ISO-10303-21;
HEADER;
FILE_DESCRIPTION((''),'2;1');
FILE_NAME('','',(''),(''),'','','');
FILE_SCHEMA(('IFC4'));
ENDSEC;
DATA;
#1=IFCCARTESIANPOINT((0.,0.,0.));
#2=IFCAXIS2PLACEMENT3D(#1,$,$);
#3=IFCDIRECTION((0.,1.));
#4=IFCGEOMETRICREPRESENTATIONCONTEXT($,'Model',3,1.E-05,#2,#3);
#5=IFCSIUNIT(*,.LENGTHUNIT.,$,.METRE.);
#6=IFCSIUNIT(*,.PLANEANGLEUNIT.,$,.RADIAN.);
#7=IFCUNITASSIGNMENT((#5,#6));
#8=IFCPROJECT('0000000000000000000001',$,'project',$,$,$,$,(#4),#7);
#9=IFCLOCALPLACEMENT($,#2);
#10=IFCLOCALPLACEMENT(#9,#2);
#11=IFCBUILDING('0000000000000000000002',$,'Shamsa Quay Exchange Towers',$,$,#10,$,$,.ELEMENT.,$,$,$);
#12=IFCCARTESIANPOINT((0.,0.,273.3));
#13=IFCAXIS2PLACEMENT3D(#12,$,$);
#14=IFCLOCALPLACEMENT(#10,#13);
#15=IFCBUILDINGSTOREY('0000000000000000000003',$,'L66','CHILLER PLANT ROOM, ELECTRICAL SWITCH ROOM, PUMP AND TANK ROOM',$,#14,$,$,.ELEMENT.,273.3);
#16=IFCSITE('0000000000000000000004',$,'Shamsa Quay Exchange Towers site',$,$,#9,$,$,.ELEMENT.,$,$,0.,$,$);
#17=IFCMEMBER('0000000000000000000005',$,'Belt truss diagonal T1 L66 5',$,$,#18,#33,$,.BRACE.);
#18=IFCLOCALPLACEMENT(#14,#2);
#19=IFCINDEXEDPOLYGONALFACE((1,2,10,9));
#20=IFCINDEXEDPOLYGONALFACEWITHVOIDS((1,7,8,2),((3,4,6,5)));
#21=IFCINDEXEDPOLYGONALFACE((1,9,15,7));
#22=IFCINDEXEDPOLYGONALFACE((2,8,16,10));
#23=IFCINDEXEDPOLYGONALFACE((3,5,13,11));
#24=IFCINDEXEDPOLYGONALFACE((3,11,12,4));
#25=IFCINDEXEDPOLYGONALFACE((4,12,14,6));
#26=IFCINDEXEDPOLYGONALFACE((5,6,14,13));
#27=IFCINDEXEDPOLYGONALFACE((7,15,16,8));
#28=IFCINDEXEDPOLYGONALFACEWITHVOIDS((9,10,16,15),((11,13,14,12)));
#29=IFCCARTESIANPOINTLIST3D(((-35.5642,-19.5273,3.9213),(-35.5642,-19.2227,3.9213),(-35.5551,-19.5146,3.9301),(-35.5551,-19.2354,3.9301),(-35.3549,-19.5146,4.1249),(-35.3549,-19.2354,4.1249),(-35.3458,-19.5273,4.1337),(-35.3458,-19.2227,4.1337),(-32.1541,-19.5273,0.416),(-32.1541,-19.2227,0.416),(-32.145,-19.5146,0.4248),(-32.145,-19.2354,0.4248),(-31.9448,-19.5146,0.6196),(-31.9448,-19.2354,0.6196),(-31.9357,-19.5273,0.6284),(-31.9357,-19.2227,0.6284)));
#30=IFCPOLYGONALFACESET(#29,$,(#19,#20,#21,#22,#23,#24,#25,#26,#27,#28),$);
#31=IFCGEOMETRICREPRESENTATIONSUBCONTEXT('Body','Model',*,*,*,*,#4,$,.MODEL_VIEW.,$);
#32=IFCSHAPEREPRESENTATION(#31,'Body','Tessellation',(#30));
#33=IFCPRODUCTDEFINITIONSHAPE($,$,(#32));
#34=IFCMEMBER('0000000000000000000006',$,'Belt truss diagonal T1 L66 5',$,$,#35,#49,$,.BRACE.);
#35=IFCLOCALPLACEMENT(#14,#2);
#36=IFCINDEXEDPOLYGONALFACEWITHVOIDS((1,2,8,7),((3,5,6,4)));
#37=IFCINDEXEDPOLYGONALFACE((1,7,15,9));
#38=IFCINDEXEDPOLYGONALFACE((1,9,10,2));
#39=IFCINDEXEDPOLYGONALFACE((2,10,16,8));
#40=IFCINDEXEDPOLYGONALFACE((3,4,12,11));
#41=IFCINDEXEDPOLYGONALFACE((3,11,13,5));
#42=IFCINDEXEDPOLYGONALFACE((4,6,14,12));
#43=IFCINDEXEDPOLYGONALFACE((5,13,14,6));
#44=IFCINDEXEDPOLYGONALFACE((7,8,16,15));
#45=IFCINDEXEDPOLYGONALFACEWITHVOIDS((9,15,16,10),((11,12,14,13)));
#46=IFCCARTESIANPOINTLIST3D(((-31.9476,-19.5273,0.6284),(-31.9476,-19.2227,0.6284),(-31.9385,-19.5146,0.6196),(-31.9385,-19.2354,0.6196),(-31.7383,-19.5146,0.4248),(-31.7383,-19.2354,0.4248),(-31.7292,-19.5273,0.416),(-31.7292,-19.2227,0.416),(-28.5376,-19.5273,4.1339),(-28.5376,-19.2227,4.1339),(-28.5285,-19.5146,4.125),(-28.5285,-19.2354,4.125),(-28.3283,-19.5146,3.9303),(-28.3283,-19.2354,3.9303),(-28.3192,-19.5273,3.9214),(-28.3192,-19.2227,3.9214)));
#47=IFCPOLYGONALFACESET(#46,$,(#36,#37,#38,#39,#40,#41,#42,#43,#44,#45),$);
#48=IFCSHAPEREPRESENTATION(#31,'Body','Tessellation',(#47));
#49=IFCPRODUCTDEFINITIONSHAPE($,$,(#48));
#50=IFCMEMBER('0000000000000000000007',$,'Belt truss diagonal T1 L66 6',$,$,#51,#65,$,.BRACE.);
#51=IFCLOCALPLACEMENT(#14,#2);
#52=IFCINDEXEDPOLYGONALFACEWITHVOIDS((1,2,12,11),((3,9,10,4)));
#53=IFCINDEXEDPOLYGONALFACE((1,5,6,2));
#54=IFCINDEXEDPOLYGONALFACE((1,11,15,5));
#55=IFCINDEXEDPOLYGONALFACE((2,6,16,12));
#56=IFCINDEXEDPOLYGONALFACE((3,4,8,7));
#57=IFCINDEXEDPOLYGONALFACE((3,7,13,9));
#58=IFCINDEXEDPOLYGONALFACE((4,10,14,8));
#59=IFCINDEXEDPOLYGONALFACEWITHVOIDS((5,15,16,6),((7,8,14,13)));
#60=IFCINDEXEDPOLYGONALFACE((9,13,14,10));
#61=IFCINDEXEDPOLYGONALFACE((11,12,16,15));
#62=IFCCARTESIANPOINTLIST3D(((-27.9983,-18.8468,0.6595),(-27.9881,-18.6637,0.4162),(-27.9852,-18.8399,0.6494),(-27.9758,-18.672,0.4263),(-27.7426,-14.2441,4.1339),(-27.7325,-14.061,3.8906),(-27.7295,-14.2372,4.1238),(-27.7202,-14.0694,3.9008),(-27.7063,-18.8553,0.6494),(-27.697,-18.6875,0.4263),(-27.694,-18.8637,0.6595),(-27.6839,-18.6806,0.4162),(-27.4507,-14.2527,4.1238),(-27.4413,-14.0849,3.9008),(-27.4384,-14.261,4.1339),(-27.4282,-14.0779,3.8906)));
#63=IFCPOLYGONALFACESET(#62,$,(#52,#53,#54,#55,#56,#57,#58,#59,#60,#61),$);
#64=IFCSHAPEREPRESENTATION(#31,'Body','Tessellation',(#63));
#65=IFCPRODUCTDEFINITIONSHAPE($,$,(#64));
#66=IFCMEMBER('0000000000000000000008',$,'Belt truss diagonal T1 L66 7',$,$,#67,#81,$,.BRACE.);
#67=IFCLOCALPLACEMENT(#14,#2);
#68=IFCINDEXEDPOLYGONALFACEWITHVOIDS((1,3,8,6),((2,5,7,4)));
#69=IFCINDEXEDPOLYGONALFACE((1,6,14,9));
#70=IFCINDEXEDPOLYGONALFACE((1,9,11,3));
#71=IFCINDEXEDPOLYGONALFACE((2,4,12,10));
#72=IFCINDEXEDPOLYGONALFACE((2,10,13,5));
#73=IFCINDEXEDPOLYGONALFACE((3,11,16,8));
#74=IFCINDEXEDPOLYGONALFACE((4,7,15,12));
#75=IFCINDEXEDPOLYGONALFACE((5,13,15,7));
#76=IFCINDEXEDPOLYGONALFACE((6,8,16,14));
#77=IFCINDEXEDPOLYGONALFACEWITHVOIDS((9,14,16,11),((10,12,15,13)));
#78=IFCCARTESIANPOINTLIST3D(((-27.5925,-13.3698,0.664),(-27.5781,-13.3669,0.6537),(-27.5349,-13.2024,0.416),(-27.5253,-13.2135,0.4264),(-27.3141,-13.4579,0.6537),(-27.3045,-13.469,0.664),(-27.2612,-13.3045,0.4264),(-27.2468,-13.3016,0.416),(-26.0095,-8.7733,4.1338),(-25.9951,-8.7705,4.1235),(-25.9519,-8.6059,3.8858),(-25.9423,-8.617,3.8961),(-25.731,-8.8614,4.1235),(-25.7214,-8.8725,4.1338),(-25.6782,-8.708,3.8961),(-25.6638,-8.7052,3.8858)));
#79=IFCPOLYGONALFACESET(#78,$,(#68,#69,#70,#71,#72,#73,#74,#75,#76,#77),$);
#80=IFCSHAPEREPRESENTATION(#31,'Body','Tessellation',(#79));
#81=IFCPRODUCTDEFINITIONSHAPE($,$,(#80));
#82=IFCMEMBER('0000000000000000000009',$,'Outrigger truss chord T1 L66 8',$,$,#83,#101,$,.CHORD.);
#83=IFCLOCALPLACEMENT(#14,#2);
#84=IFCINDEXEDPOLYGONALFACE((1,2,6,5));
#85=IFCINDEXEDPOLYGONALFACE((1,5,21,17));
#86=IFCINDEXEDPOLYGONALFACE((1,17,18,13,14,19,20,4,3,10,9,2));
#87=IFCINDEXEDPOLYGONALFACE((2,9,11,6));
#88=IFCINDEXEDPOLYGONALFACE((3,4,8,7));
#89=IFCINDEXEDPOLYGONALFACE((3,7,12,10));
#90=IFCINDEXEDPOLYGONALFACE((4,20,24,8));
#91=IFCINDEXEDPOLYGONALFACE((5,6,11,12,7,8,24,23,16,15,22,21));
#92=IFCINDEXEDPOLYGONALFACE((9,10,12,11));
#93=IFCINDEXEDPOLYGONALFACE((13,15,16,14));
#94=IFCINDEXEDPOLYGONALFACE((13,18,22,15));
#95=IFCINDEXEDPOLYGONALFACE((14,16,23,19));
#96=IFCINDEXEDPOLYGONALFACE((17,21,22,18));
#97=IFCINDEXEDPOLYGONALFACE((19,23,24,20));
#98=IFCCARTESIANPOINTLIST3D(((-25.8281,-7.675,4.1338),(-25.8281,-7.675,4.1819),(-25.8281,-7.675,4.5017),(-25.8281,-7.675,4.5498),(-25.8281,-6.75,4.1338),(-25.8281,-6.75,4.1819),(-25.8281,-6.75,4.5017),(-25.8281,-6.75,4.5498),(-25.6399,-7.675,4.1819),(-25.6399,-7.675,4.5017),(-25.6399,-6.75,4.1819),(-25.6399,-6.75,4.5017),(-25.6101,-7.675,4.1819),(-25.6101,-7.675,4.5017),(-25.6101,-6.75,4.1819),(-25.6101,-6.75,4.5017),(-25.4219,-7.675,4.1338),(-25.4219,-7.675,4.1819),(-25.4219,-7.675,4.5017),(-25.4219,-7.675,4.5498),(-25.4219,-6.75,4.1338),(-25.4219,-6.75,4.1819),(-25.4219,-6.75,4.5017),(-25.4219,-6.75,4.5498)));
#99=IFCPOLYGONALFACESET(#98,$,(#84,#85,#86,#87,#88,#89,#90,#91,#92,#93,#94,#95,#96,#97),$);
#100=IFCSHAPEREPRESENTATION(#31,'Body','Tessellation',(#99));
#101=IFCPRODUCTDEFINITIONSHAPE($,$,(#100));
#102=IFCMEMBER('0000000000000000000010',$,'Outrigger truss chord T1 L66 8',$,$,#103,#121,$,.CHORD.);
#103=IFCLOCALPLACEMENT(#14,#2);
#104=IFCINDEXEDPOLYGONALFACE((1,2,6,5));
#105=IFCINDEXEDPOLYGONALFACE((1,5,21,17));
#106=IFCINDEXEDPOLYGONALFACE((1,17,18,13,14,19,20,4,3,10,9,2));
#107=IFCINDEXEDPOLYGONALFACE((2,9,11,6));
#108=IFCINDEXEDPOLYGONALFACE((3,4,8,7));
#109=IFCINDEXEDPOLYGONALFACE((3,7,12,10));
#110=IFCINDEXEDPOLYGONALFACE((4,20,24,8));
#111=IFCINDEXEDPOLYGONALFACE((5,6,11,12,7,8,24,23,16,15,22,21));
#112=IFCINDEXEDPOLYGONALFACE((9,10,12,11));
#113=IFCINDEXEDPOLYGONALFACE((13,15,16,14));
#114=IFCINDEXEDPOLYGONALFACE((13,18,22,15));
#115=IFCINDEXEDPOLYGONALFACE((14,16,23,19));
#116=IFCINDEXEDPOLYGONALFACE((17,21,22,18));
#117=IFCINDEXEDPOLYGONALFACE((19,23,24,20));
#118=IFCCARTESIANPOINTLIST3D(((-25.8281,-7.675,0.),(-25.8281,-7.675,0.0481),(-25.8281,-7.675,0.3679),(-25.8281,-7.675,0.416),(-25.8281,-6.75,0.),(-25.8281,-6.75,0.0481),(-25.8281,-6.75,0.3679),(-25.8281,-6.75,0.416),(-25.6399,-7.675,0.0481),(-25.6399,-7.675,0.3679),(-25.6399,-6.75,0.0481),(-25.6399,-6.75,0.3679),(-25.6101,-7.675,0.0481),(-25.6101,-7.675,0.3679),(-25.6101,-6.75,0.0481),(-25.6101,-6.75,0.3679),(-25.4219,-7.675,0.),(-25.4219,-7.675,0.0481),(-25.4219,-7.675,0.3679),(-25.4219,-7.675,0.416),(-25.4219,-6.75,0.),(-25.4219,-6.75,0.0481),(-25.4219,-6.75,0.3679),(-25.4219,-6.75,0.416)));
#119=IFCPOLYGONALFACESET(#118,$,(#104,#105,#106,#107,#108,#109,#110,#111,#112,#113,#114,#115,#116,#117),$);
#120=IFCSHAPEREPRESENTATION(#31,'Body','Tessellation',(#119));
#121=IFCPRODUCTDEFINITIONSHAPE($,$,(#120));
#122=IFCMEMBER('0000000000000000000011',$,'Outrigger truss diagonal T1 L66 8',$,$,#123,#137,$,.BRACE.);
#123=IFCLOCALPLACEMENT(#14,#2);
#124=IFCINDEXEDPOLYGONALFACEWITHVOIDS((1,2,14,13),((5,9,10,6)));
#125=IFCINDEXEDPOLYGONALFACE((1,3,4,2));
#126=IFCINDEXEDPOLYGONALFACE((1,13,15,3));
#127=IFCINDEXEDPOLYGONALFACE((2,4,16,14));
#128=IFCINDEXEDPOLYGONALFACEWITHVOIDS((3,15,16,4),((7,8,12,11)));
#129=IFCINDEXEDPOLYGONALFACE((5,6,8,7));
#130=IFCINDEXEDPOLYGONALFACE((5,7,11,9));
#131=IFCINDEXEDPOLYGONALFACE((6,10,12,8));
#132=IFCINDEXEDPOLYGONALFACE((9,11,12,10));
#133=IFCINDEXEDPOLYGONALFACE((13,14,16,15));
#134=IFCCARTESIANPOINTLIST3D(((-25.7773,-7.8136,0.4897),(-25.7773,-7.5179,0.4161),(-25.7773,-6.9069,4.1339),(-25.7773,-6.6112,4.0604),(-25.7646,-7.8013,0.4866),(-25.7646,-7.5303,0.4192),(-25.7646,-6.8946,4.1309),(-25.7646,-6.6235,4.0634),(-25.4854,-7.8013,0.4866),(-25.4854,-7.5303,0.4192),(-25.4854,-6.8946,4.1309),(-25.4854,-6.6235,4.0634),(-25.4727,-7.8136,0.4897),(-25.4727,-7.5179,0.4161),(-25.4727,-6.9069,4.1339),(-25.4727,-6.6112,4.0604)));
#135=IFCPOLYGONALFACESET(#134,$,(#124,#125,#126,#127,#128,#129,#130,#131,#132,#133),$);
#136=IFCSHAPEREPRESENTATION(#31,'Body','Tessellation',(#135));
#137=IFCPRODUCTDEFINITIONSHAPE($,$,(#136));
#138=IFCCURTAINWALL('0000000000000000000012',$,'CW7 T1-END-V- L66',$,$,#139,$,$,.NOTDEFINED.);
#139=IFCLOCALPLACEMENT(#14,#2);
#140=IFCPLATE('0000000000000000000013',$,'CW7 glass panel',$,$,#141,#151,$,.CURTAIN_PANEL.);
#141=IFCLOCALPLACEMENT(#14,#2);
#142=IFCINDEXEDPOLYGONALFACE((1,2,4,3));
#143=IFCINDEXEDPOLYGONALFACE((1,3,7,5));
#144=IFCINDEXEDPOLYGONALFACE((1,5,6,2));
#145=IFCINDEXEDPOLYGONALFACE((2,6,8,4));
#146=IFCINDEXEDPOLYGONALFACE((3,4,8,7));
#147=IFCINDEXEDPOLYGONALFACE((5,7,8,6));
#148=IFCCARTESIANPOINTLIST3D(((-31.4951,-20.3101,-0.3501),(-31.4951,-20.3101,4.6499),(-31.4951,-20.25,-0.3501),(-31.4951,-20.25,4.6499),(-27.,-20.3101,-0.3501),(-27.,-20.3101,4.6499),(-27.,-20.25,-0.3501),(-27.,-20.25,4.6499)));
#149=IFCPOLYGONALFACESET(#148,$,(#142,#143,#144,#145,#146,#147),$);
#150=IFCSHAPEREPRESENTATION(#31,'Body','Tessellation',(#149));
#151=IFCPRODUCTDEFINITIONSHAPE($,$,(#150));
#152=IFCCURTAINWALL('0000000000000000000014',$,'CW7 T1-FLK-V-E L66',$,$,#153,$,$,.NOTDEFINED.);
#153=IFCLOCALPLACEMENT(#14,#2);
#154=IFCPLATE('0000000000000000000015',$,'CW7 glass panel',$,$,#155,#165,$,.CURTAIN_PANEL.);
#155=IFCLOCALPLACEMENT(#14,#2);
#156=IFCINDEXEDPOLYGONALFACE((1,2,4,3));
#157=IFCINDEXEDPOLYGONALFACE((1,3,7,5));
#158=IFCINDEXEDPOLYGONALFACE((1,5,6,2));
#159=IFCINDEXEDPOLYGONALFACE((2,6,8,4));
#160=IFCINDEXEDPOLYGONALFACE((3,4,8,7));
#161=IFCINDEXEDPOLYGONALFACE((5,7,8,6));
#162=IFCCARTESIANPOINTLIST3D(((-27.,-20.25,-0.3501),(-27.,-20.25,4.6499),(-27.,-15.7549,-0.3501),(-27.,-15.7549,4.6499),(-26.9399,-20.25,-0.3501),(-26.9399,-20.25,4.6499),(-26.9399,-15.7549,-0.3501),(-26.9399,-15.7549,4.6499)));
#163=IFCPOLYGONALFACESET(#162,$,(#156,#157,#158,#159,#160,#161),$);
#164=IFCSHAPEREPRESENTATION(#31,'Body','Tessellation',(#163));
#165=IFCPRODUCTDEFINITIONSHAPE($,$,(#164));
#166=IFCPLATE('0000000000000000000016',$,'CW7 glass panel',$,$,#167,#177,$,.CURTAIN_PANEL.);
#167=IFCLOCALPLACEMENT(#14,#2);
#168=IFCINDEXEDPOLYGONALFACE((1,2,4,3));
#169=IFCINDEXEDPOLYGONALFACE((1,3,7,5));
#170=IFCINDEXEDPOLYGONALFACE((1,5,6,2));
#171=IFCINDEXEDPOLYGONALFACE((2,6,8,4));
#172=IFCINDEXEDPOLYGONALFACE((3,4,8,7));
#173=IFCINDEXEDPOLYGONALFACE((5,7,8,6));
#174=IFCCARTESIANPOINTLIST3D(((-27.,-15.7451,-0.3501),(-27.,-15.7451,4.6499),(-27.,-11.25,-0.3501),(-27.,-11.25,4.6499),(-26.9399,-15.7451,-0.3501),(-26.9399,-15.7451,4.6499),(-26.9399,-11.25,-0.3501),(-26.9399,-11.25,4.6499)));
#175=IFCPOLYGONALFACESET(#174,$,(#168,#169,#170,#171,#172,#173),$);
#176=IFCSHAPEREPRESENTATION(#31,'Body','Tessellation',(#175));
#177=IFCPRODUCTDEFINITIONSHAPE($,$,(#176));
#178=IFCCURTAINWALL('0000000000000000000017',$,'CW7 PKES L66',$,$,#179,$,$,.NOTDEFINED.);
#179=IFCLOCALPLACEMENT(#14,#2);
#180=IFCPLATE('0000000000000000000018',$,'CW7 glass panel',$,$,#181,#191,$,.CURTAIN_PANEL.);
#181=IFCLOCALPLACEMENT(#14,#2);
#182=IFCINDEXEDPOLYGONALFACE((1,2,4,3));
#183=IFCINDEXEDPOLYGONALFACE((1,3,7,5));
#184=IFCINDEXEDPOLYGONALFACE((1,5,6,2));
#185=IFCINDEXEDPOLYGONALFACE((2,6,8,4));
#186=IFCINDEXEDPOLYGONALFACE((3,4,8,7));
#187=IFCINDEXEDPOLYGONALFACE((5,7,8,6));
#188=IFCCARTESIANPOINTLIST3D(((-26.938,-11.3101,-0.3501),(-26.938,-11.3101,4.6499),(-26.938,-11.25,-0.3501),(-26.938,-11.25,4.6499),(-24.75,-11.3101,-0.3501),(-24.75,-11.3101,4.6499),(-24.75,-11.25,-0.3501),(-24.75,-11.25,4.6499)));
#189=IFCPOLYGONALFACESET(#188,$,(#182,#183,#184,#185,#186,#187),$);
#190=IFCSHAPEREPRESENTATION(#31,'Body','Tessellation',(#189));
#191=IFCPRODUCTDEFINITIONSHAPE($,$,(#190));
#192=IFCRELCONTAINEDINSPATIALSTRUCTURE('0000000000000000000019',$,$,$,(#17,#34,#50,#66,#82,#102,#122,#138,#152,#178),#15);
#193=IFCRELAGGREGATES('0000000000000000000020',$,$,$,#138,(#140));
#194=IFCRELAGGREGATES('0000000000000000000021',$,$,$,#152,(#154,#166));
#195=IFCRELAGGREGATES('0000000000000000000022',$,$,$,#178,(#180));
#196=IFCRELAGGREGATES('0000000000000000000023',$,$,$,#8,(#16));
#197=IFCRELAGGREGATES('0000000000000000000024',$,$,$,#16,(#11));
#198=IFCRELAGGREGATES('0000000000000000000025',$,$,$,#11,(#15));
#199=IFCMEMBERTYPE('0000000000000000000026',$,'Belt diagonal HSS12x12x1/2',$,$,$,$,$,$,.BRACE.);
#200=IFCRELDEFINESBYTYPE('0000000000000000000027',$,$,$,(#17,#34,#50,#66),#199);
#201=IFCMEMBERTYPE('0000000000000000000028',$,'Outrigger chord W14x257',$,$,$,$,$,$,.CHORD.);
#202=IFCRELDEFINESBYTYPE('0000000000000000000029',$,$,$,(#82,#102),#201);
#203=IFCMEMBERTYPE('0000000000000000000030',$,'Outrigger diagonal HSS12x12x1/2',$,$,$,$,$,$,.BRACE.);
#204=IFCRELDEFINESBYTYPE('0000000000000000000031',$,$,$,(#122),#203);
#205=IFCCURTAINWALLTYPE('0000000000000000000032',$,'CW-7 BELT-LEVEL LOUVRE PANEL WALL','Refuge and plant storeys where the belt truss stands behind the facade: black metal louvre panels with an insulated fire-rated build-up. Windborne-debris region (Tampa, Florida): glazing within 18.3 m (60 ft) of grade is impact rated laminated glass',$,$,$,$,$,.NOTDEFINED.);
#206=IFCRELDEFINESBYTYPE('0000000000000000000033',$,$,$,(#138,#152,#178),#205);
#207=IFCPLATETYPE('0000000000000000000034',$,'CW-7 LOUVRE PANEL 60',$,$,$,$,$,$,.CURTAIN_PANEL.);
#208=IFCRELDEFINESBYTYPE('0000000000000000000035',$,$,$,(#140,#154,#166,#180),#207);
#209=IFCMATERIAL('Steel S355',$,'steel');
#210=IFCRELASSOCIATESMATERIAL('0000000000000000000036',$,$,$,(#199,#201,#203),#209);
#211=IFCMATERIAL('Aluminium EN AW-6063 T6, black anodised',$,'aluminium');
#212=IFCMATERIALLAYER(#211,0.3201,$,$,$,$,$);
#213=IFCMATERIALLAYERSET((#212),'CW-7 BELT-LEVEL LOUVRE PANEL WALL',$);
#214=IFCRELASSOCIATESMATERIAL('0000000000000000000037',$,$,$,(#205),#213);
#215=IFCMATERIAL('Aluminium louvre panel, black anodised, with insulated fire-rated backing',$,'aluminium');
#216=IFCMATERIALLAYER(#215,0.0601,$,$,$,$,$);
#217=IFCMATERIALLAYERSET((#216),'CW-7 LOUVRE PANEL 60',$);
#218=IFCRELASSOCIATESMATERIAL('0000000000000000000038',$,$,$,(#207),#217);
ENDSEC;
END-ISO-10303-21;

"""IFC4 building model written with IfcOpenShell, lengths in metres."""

from ifc_helpers import new_model, si_unit, direction, frame, origin, origin_2d, place, context, subcontext, project, spatial, rectangle, hollow_rectangle, i_section, extrude, material, layer, layer_set, material_profile, profile_set, type_object, element, aggregate, save


model = new_model("IFC4")

# Units and contexts
model_context = context("Model", 3, precision=1e-05, world=origin(), true_north=direction((0.0, 1.0)))
body_context = subcontext(model_context, "Body", "Model", "MODEL_VIEW")
ifc_project = project(units=[si_unit("LENGTHUNIT", "METRE"), si_unit("PLANEANGLEUNIT", "RADIAN")], contexts=[model_context])

# Site, building, storey
site_placement = place(None, origin())
site = spatial("IfcSite", under=ifc_project, at=site_placement, Name="Shamsa Quay Exchange Towers site", CompositionType="ELEMENT", RefElevation=0.0)
building_placement = place(site_placement, origin())
building = spatial("IfcBuilding", under=site, at=building_placement, Name="Shamsa Quay Exchange Towers", CompositionType="ELEMENT")
storey_placement = place(building_placement, frame((0.0, 0.0, 273.3)))
storey = spatial("IfcBuildingStorey", under=building, at=storey_placement, Name="L66", Description="CHILLER PLANT ROOM, ELECTRICAL SWITCH ROOM, PUMP AND TANK ROOM", CompositionType="ELEMENT", Elevation=273.3)

# Members
ifc_material_1 = material(Name="Steel S355", Category="steel")
ifc_material_profile_1 = material_profile(ifc_material_1, hollow_rectangle(XDim=0.3047, YDim=0.3047, WallThickness=0.0127, at=origin_2d()), Name="HSS12x12x1/2")
ifc_profile_set_1 = profile_set([ifc_material_profile_1], Name="Steel S355")
member_type_1 = type_object("IfcMemberType", Name="Belt diagonal HSS12x12x1/2", PredefinedType="BRACE", material=ifc_profile_set_1)
for number, where, z_axis, x_axis, name in (
    (1, (-32.0449, -19.375, 0.5222), (-0.697305, 0.0, 0.716774), (0.0, -1.0, 0.0), "Belt truss diagonal T1 L66 5"),
    (2, (-31.8384, -19.375, 0.5222), (0.697279, 0.0, 0.716799), (0.0, 1.0, 0.0), "Belt truss diagonal T1 L66 5"),
):
    element("IfcMember", number, at=place(storey_placement, frame(where, z_axis=z_axis, x_axis=x_axis)), inside=storey, type_object=member_type_1, Name=name, PredefinedType="BRACE", context=body_context, shape_type="SweptSolid", body=[
        extrude(hollow_rectangle(XDim=0.3047, YDim=0.3047, WallThickness=0.0127, at=origin_2d()), origin(), (0.0, 0.0, 1.0), 4.8904),
    ])
member_1_placement = place(storey_placement, frame((-27.8411, -18.7637, 0.5378), z_axis=(0.044283, 0.797344, 0.601899), x_axis=(-0.998461, 0.055452, 0.0)))
element("IfcMember", 3, at=member_1_placement, inside=storey, type_object=member_type_1, Name="Belt truss diagonal T1 L66 6", PredefinedType="BRACE", context=body_context, shape_type="SweptSolid", body=[
    extrude(hollow_rectangle(XDim=0.3047, YDim=0.3047, WallThickness=0.0127, at=origin_2d()), origin(), (0.0, 0.0, 1.0), 5.7725),
])
member_2_placement = place(storey_placement, frame((-27.4197, -13.3357, 0.54), z_axis=(0.265044, 0.769585, 0.580939), x_axis=(-0.945498, 0.325628, 0.0)))
element("IfcMember", 4, at=member_2_placement, inside=storey, type_object=member_type_1, Name="Belt truss diagonal T1 L66 7", PredefinedType="BRACE", context=body_context, shape_type="SweptSolid", body=[
    extrude(hollow_rectangle(XDim=0.3047, YDim=0.3047, WallThickness=0.0127, at=origin_2d()), origin(), (0.0, 0.0, 1.0), 5.9727),
])
ifc_material_profile_2 = material_profile(ifc_material_1, i_section(OverallWidth=0.4062, OverallDepth=0.416, WebThickness=0.0298, FlangeThickness=0.0481, at=origin_2d()), Name="W14x257")
ifc_profile_set_2 = profile_set([ifc_material_profile_2], Name="Steel S355")
member_type_2 = type_object("IfcMemberType", Name="Outrigger chord W14x257", PredefinedType="CHORD", material=ifc_profile_set_2)
for number, where, z_axis, x_axis, name in (
    (5, (-25.625, -7.675, 4.3418), (0.0, 1.0, 0.0), (-1.0, 0.0, 0.0), "Outrigger truss chord T1 L66 8"),
    (6, (-25.625, -7.675, 0.208), (0.0, 1.0, 0.0), (-1.0, 0.0, 0.0), "Outrigger truss chord T1 L66 8"),
):
    element("IfcMember", number, at=place(storey_placement, frame(where, z_axis=z_axis, x_axis=x_axis)), inside=storey, type_object=member_type_2, Name=name, PredefinedType="CHORD", context=body_context, shape_type="SweptSolid", body=[
        extrude(i_section(OverallWidth=0.4062, OverallDepth=0.416, WebThickness=0.0298, FlangeThickness=0.0481, at=origin_2d()), origin(), (0.0, 0.0, 1.0), 0.925),
    ])
ifc_material_profile_3 = material_profile(ifc_material_1, hollow_rectangle(XDim=0.3047, YDim=0.3047, WallThickness=0.0127, at=origin_2d()), Name="HSS12x12x1/2")
ifc_profile_set_3 = profile_set([ifc_material_profile_3], Name="Steel S355")
member_type_3 = type_object("IfcMemberType", Name="Outrigger diagonal HSS12x12x1/2", PredefinedType="BRACE", material=ifc_profile_set_3)
member_3_placement = place(storey_placement, frame((-25.625, -7.6658, 0.4529), z_axis=(0.0, 0.241449, 0.970413), x_axis=(-1.0, 0.0, 0.0)))
element("IfcMember", 7, at=member_3_placement, inside=storey, type_object=member_type_3, Name="Outrigger truss diagonal T1 L66 8", PredefinedType="BRACE", context=body_context, shape_type="SweptSolid", body=[
    extrude(hollow_rectangle(XDim=0.3047, YDim=0.3047, WallThickness=0.0127, at=origin_2d()), origin(), (0.0, 0.0, 1.0), 3.7554),
])

# Curtain wall, plate
ifc_material_2 = material(Name="Aluminium EN AW-6063 T6, black anodised", Category="aluminium")
ifc_layer_1 = layer(ifc_material_2, 0.3201)
ifc_layer_set_1 = layer_set([ifc_layer_1], Name="CW-7 BELT-LEVEL LOUVRE PANEL WALL")
curtain_wall_type = type_object("IfcCurtainWallType", Name="CW-7 BELT-LEVEL LOUVRE PANEL WALL", Description="Refuge and plant storeys where the belt truss stands behind the facade: black metal louvre panels with an insulated fire-rated build-up. Windborne-debris region (Tampa, Florida): glazing within 18.3 m (60 ft) of grade is impact rated laminated glass", PredefinedType="NOTDEFINED", material=ifc_layer_set_1)
curtain_wall_1_placement = place(storey_placement, origin())
curtain_wall_1 = element("IfcCurtainWall", 8, at=curtain_wall_1_placement, inside=storey, type_object=curtain_wall_type, Name="CW7 T1-END-V- L66", PredefinedType="NOTDEFINED")
ifc_material_3 = material(Name="Aluminium louvre panel, black anodised, with insulated fire-rated backing", Category="aluminium")
ifc_layer_2 = layer(ifc_material_3, 0.0601)
ifc_layer_set_2 = layer_set([ifc_layer_2], Name="CW-7 LOUVRE PANEL 60")
plate_type = type_object("IfcPlateType", Name="CW-7 LOUVRE PANEL 60", PredefinedType="CURTAIN_PANEL", material=ifc_layer_set_2)
plate_1_placement = place(storey_placement, frame((-29.2476, -20.28, -0.3501)))
plate_1 = element("IfcPlate", 9, at=plate_1_placement, type_object=plate_type, Name="CW7 glass panel", PredefinedType="CURTAIN_PANEL", context=body_context, shape_type="SweptSolid", body=[
    extrude(rectangle(XDim=4.4951, YDim=0.0601, at=origin_2d()), origin(), (0.0, 0.0, 1.0), 5.0),
])
aggregate(curtain_wall_1, [plate_1])

# Curtain wall, plates
curtain_wall_2_placement = place(storey_placement, origin())
curtain_wall_2 = element("IfcCurtainWall", 10, at=curtain_wall_2_placement, inside=storey, type_object=curtain_wall_type, Name="CW7 T1-FLK-V-E L66", PredefinedType="NOTDEFINED")
plate_2_placement = place(storey_placement, frame((-26.97, -18.0024, -0.3501), z_axis=(0.0, 0.0, 1.0), x_axis=(0.0, 1.0, 0.0)))
plate_2 = element("IfcPlate", 11, at=plate_2_placement, type_object=plate_type, Name="CW7 glass panel", PredefinedType="CURTAIN_PANEL", context=body_context, shape_type="SweptSolid", body=[
    extrude(rectangle(XDim=4.4951, YDim=0.0601, at=origin_2d()), origin(), (0.0, 0.0, 1.0), 5.0),
])
plate_3_placement = place(storey_placement, frame((-26.97, -13.4976, -0.3501), z_axis=(0.0, 0.0, 1.0), x_axis=(0.0, 1.0, 0.0)))
plate_3 = element("IfcPlate", 12, at=plate_3_placement, type_object=plate_type, Name="CW7 glass panel", PredefinedType="CURTAIN_PANEL", context=body_context, shape_type="SweptSolid", body=[
    extrude(rectangle(XDim=4.4951, YDim=0.0601, at=origin_2d()), origin(), (0.0, 0.0, 1.0), 5.0),
])
aggregate(curtain_wall_2, [plate_2, plate_3])

# Curtain wall, plate
curtain_wall_3_placement = place(storey_placement, origin())
curtain_wall_3 = element("IfcCurtainWall", 13, at=curtain_wall_3_placement, inside=storey, type_object=curtain_wall_type, Name="CW7 PKES L66", PredefinedType="NOTDEFINED")
plate_4_placement = place(storey_placement, frame((-25.844, -11.28, -0.3501)))
plate_4 = element("IfcPlate", 14, at=plate_4_placement, type_object=plate_type, Name="CW7 glass panel", PredefinedType="CURTAIN_PANEL", context=body_context, shape_type="SweptSolid", body=[
    extrude(rectangle(XDim=2.188, YDim=0.0601, at=origin_2d()), origin(), (0.0, 0.0, 1.0), 5.0),
])
aggregate(curtain_wall_3, [plate_4])

save(model, "model.ifc")
